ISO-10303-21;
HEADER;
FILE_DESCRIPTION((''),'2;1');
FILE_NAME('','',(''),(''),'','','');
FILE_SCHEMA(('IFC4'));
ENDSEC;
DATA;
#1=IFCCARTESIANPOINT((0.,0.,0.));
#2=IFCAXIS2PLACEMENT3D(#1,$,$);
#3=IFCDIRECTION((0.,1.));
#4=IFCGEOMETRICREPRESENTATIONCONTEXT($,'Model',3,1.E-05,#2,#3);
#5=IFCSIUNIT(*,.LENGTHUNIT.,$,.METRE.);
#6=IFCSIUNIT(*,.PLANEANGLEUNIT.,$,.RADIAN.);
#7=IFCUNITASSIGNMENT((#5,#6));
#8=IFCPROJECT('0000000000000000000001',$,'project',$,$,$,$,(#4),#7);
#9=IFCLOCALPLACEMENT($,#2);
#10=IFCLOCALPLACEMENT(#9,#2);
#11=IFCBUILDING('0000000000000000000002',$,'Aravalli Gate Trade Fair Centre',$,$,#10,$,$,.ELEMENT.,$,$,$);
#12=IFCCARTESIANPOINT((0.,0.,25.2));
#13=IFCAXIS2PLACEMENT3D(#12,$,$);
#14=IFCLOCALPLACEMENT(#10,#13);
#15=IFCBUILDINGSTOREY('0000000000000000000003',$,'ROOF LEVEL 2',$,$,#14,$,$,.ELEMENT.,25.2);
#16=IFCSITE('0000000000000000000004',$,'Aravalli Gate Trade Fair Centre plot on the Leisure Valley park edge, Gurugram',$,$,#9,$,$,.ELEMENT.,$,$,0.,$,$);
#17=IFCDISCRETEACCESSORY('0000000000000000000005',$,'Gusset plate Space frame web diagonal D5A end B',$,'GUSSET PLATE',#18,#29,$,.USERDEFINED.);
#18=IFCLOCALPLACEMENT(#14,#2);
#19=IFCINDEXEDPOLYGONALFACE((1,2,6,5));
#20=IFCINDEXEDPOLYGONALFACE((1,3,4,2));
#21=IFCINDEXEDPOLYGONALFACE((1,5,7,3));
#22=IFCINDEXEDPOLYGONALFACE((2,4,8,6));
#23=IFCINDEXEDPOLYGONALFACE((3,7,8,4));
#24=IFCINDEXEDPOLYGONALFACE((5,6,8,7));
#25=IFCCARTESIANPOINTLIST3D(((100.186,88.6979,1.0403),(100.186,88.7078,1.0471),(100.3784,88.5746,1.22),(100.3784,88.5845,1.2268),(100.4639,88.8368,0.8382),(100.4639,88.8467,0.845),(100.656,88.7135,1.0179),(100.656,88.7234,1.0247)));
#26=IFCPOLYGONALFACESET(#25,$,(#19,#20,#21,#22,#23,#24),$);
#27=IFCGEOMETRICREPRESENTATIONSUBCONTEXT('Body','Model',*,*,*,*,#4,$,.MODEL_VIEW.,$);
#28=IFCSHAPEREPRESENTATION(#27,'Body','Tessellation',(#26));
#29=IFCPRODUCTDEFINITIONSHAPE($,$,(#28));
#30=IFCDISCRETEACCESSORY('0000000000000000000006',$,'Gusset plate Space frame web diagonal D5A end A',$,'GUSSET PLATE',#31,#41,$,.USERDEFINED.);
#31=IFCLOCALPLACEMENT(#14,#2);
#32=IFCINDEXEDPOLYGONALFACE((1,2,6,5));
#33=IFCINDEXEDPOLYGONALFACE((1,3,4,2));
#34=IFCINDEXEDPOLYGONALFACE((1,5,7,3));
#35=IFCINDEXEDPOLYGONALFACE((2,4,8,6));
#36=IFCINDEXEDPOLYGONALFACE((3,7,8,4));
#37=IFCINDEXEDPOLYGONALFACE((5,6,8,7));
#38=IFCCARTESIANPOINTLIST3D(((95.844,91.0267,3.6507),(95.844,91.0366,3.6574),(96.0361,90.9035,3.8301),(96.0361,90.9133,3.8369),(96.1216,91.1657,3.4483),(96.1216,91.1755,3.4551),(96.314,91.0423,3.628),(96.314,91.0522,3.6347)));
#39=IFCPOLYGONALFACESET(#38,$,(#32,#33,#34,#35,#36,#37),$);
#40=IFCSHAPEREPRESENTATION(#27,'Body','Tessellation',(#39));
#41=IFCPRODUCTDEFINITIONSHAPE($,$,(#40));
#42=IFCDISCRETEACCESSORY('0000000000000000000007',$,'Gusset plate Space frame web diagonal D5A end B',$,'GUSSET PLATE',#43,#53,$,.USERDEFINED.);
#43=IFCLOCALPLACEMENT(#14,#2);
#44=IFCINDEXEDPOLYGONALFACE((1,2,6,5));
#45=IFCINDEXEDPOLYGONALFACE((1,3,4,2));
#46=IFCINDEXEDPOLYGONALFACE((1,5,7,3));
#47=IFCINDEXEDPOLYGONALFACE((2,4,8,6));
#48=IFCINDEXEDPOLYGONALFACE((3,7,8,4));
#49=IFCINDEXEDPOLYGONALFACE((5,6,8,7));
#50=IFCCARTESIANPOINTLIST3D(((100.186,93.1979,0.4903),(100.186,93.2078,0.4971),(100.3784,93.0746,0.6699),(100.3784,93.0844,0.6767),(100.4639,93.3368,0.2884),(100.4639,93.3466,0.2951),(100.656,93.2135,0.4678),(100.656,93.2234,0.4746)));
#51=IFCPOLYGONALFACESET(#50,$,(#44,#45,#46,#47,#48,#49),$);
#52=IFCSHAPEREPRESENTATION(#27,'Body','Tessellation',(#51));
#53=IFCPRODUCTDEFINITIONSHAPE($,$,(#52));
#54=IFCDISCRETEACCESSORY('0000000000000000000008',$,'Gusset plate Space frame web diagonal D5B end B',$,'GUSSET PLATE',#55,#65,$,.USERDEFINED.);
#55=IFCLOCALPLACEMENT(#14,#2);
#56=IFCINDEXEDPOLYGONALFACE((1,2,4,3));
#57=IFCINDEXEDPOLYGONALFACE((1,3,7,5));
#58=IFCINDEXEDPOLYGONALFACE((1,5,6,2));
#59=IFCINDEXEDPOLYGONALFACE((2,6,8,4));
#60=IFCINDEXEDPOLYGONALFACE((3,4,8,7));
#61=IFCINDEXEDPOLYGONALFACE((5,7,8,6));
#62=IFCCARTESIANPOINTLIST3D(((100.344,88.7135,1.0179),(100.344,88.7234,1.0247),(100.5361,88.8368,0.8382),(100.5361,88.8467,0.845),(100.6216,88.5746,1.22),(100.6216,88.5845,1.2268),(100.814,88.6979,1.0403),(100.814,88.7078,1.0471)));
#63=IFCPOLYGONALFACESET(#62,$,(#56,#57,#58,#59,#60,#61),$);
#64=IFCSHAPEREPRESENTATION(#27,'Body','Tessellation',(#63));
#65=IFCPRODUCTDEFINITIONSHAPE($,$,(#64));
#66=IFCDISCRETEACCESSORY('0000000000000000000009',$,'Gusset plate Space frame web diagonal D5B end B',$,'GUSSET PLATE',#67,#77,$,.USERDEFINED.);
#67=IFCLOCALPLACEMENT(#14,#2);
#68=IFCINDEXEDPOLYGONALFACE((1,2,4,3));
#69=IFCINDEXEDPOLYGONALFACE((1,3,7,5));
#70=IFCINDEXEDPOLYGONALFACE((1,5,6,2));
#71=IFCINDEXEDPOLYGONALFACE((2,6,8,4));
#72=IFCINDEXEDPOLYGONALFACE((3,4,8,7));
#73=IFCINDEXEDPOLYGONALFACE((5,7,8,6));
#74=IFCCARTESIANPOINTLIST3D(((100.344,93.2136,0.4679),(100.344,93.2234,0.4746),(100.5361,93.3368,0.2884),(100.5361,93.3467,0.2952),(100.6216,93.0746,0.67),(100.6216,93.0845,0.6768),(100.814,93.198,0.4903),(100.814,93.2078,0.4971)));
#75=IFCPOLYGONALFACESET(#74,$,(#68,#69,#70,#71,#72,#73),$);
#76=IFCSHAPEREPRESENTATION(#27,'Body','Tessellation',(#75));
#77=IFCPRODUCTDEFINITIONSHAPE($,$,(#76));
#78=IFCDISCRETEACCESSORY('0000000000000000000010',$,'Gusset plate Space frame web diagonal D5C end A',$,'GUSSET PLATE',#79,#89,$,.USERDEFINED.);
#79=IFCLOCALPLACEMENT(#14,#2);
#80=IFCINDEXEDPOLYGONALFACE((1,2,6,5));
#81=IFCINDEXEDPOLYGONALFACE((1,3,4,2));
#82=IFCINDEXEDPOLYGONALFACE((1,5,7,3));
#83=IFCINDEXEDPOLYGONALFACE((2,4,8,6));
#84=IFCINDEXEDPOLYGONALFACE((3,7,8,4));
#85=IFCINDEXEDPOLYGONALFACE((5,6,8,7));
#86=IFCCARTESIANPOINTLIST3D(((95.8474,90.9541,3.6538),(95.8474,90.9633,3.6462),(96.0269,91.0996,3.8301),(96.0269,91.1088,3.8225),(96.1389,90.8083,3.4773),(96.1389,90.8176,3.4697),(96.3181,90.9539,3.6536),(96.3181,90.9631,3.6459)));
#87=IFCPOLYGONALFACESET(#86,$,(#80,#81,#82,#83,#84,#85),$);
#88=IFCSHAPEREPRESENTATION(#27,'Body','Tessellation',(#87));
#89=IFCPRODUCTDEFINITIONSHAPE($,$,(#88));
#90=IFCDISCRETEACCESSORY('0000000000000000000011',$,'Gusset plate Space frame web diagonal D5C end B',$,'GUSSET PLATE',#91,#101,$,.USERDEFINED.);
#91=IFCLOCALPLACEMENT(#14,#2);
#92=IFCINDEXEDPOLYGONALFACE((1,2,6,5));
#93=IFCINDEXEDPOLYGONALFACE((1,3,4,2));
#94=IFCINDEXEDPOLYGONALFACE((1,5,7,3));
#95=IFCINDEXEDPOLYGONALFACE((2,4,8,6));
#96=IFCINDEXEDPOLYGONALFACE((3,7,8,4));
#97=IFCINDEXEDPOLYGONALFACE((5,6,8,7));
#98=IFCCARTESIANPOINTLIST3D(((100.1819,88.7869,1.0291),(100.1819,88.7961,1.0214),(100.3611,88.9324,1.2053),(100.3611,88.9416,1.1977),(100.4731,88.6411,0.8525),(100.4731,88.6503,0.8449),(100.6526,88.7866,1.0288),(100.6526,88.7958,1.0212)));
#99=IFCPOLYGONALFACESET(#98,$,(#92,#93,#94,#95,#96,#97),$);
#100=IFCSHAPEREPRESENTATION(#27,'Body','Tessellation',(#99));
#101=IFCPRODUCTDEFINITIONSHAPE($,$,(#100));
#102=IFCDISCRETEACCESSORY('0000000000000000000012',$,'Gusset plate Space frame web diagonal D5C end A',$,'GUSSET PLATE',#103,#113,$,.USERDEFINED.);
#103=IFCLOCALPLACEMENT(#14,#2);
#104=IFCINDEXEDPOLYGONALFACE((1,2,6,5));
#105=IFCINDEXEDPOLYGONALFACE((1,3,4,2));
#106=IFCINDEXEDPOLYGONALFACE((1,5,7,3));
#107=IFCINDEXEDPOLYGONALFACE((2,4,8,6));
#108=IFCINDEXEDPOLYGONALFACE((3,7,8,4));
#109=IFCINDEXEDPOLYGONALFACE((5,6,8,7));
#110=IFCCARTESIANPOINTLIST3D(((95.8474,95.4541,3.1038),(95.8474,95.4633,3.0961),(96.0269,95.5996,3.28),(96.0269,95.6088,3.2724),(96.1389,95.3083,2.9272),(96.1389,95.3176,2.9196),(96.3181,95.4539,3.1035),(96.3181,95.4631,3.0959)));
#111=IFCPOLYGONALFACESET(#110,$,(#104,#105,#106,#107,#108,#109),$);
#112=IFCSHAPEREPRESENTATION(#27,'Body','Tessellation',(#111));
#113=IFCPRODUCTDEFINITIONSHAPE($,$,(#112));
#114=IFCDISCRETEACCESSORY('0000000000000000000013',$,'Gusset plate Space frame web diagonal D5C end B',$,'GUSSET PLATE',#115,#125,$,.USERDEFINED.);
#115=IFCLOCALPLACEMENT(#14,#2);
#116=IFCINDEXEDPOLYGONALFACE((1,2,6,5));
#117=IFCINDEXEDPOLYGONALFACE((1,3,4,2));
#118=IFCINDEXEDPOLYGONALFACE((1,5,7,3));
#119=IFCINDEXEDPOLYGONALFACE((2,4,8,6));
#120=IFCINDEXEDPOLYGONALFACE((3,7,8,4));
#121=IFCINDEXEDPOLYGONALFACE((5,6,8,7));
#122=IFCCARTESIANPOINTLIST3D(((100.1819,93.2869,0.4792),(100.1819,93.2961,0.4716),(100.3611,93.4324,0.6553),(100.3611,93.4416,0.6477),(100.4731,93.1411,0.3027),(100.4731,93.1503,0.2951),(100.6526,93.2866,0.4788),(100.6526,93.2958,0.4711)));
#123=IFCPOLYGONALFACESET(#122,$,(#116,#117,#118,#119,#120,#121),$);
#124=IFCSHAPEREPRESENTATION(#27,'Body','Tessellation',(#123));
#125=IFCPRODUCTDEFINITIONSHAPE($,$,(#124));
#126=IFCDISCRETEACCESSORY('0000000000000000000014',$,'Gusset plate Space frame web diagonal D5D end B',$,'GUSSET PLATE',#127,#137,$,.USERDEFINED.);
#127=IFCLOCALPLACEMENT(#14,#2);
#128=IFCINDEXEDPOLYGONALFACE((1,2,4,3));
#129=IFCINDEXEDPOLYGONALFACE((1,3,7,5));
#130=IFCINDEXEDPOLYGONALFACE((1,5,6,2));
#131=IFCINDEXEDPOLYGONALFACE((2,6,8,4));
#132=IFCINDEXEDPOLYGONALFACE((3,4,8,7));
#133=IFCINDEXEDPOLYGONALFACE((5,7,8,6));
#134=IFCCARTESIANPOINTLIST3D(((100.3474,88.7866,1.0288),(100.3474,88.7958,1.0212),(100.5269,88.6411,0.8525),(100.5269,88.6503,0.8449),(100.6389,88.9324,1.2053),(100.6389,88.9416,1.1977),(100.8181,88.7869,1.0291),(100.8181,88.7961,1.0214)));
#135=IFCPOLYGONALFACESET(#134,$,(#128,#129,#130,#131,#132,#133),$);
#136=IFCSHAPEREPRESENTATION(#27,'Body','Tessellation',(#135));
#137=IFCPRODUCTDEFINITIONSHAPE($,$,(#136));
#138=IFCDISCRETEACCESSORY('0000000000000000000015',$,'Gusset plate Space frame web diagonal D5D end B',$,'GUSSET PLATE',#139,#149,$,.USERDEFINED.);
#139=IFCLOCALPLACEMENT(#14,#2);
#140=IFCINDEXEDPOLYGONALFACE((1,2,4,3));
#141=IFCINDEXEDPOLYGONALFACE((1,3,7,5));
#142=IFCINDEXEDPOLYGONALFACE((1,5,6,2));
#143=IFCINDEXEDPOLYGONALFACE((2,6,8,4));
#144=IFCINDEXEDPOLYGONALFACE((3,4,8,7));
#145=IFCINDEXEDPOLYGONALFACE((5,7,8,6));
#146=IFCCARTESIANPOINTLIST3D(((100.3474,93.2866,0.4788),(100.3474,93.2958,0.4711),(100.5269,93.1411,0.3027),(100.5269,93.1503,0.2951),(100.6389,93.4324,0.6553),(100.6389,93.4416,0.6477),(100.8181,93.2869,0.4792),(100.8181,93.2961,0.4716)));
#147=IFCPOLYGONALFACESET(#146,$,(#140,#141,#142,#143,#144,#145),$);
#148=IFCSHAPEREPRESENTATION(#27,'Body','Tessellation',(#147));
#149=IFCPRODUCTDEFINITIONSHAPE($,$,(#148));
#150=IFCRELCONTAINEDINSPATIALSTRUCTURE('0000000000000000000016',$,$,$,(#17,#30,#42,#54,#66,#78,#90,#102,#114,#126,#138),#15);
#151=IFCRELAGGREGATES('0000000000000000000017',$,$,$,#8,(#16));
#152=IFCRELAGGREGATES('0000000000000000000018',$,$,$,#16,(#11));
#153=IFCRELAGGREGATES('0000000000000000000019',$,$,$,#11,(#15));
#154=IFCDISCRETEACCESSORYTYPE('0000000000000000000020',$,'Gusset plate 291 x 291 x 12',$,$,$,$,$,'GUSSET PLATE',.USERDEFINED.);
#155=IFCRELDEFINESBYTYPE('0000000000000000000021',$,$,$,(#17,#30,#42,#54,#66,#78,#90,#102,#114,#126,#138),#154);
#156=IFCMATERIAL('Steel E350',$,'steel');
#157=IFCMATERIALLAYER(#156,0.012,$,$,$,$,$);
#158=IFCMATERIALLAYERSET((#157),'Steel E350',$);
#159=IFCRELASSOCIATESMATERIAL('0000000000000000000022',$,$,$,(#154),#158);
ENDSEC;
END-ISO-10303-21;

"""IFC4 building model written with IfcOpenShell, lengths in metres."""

from ifc_helpers import new_model, si_unit, direction, frame, origin, place, context, subcontext, project, spatial, polyline, outline, extrude, material, layer, layer_set, type_object, element, save


model = new_model("IFC4")

# Units and contexts
model_context = context("Model", 3, precision=1e-05, world=origin(), true_north=direction((0.0, 1.0)))
body_context = subcontext(model_context, "Body", "Model", "MODEL_VIEW")
ifc_project = project(units=[si_unit("LENGTHUNIT", "METRE"), si_unit("PLANEANGLEUNIT", "RADIAN")], contexts=[model_context])

# Site, building, storey
site_placement = place(None, origin())
site = spatial("IfcSite", under=ifc_project, at=site_placement, Name="Aravalli Gate Trade Fair Centre plot on the Leisure Valley park edge, Gurugram", CompositionType="ELEMENT", RefElevation=0.0)
building_placement = place(site_placement, origin())
building = spatial("IfcBuilding", under=site, at=building_placement, Name="Aravalli Gate Trade Fair Centre", CompositionType="ELEMENT")
storey_placement = place(building_placement, frame((0.0, 0.0, 25.2)))
storey = spatial("IfcBuildingStorey", under=building, at=storey_placement, Name="ROOF LEVEL 2", CompositionType="ELEMENT", Elevation=25.2)

# Shared definitions
ifc_material_1 = material(Name="Steel E350", Category="steel")

# Discrete accessories
ifc_layer_1 = layer(ifc_material_1, 0.012)
ifc_layer_set_1 = layer_set([ifc_layer_1], Name="Steel E350")
discrete_accessory_type = type_object("IfcDiscreteAccessoryType", Name="Gusset plate 291 x 291 x 12", ElementType="GUSSET PLATE", PredefinedType="USERDEFINED", material=ifc_layer_set_1)
discrete_accessory_1_placement = place(storey_placement, frame((100.186, 88.7078, 1.0471), z_axis=(-0.000356, 0.824387, 0.566027), x_axis=(0.74966, 0.37483, -0.545447)))
element("IfcDiscreteAccessory", 1, at=discrete_accessory_1_placement, inside=storey, type_object=discrete_accessory_type, Name="Gusset plate Space frame web diagonal D5A end B", ObjectType="GUSSET PLATE", PredefinedType="USERDEFINED", context=body_context, shape_type="SweptSolid", body=[
    extrude(outline(polyline([(0.0, 0.0), (0.3706, 0.0), (0.3704, -0.2905), (0.0, -0.2907), (0.0, 0.0)])), origin(), (0.0, 0.0, -1.0), 0.012),
])
discrete_accessory_2_placement = place(storey_placement, frame((96.1216, 91.1755, 3.4551), z_axis=(-0.000059, 0.824356, 0.566072), x_axis=(-0.749102, -0.375034, 0.546073)))
element("IfcDiscreteAccessory", 2, at=discrete_accessory_2_placement, inside=storey, type_object=discrete_accessory_type, Name="Gusset plate Space frame web diagonal D5A end A", ObjectType="GUSSET PLATE", PredefinedType="USERDEFINED", context=body_context, shape_type="SweptSolid", body=[
    extrude(outline(polyline([(0.0, 0.0), (0.3706, 0.0), (0.3709, 0.2904), (0.0002, 0.2907), (0.0, 0.0)])), origin(), (0.0, 0.0, -1.0), 0.012),
])
discrete_accessory_3_placement = place(storey_placement, frame((100.186, 93.2078, 0.4971), z_axis=(-0.000339, 0.824216, 0.566276), x_axis=(0.749929, 0.374811, -0.545089)))
element("IfcDiscreteAccessory", 3, at=discrete_accessory_3_placement, inside=storey, type_object=discrete_accessory_type, Name="Gusset plate Space frame web diagonal D5A end B", ObjectType="GUSSET PLATE", PredefinedType="USERDEFINED", context=body_context, shape_type="SweptSolid", body=[
    extrude(outline(polyline([(0.0, 0.0), (0.3705, 0.0), (0.3705, -0.2904), (0.0001, -0.2907), (0.0, 0.0)])), origin(), (0.0, 0.0, -1.0), 0.012),
])
discrete_accessory_4_placement = place(storey_placement, frame((100.6216, 88.5845, 1.2268), z_axis=(0.000356, 0.824387, 0.566027), x_axis=(-0.749371, 0.375015, -0.545716)))
element("IfcDiscreteAccessory", 4, at=discrete_accessory_4_placement, inside=storey, type_object=discrete_accessory_type, Name="Gusset plate Space frame web diagonal D5B end B", ObjectType="GUSSET PLATE", PredefinedType="USERDEFINED", context=body_context, shape_type="SweptSolid", body=[
    extrude(outline(polyline([(0.0, 0.0), (0.3704, 0.0), (0.3707, -0.2905), (0.0001, -0.2907), (0.0, 0.0)])), origin(), (0.0, 0.0, -1.0), 0.012),
])
discrete_accessory_5_placement = place(storey_placement, frame((100.6216, 93.0845, 0.6768), z_axis=(0.000339, 0.824216, 0.566276), x_axis=(-0.749371, 0.375169, -0.545611)))
element("IfcDiscreteAccessory", 5, at=discrete_accessory_5_placement, inside=storey, type_object=discrete_accessory_type, Name="Gusset plate Space frame web diagonal D5B end B", ObjectType="GUSSET PLATE", PredefinedType="USERDEFINED", context=body_context, shape_type="SweptSolid", body=[
    extrude(outline(polyline([(0.0, 0.0), (0.3704, 0.0), (0.3706, -0.2904), (0.0001, -0.2907), (0.0, 0.0)])), origin(), (0.0, 0.0, -1.0), 0.012),
])
discrete_accessory_6_placement = place(storey_placement, frame((96.1389, 90.8083, 3.4773), z_axis=(-0.00007, -0.771155, 0.636648), x_axis=(-0.786484, 0.393242, 0.476238)))
element("IfcDiscreteAccessory", 6, at=discrete_accessory_6_placement, inside=storey, type_object=discrete_accessory_type, Name="Gusset plate Space frame web diagonal D5C end A", ObjectType="GUSSET PLATE", PredefinedType="USERDEFINED", context=body_context, shape_type="SweptSolid", body=[
    extrude(outline(polyline([(0.0, 0.0), (0.3706, 0.0), (0.3707, -0.2906), (0.0002, -0.2904), (0.0, 0.0)])), origin(), (0.0, 0.0, -1.0), 0.012),
])
discrete_accessory_7_placement = place(storey_placement, frame((100.1819, 88.7869, 1.0291), z_axis=(-0.00007, -0.771155, 0.636648), x_axis=(0.786233, -0.393446, -0.476485)))
element("IfcDiscreteAccessory", 7, at=discrete_accessory_7_placement, inside=storey, type_object=discrete_accessory_type, Name="Gusset plate Space frame web diagonal D5C end B", ObjectType="GUSSET PLATE", PredefinedType="USERDEFINED", context=body_context, shape_type="SweptSolid", body=[
    extrude(outline(polyline([(0.0, 0.0), (0.3704, 0.0), (0.3703, 0.2906), (-0.0003, 0.2904), (0.0, 0.0)])), origin(), (0.0, 0.0, -1.0), 0.012),
])
discrete_accessory_8_placement = place(storey_placement, frame((96.1389, 95.3083, 2.9272), z_axis=(-0.00007, -0.771155, 0.636648), x_axis=(-0.786484, 0.393242, 0.476238)))
element("IfcDiscreteAccessory", 8, at=discrete_accessory_8_placement, inside=storey, type_object=discrete_accessory_type, Name="Gusset plate Space frame web diagonal D5C end A", ObjectType="GUSSET PLATE", PredefinedType="USERDEFINED", context=body_context, shape_type="SweptSolid", body=[
    extrude(outline(polyline([(0.0, 0.0), (0.3706, 0.0), (0.3707, -0.2906), (0.0002, -0.2904), (0.0, 0.0)])), origin(), (0.0, 0.0, -1.0), 0.012),
])
discrete_accessory_9_placement = place(storey_placement, frame((100.1819, 93.2869, 0.4792), z_axis=(0.000261, -0.770887, 0.636972), x_axis=(0.786233, -0.393446, -0.476485)))
element("IfcDiscreteAccessory", 9, at=discrete_accessory_9_placement, inside=storey, type_object=discrete_accessory_type, Name="Gusset plate Space frame web diagonal D5C end B", ObjectType="GUSSET PLATE", PredefinedType="USERDEFINED", context=body_context, shape_type="SweptSolid", body=[
    extrude(outline(polyline([(0.0, 0.0), (0.3704, 0.0), (0.3704, 0.2904), (-0.0002, 0.2903), (0.0, 0.0)])), origin(), (0.0, 0.0, -1.0), 0.012),
])
discrete_accessory_10_placement = place(storey_placement, frame((100.6389, 88.9324, 1.2053), z_axis=(0.00007, -0.771155, 0.636648), x_axis=(-0.786484, -0.393242, -0.476238)))
element("IfcDiscreteAccessory", 10, at=discrete_accessory_10_placement, inside=storey, type_object=discrete_accessory_type, Name="Gusset plate Space frame web diagonal D5D end B", ObjectType="GUSSET PLATE", PredefinedType="USERDEFINED", context=body_context, shape_type="SweptSolid", body=[
    extrude(outline(polyline([(0.0, 0.0), (0.3706, 0.0), (0.3707, 0.2906), (0.0002, 0.2904), (0.0, 0.0)])), origin(), (0.0, 0.0, -1.0), 0.012),
])
discrete_accessory_11_placement = place(storey_placement, frame((100.6389, 93.4324, 0.6553), z_axis=(-0.000261, -0.770887, 0.636972), x_axis=(-0.786484, -0.393242, -0.476238)))
element("IfcDiscreteAccessory", 11, at=discrete_accessory_11_placement, inside=storey, type_object=discrete_accessory_type, Name="Gusset plate Space frame web diagonal D5D end B", ObjectType="GUSSET PLATE", PredefinedType="USERDEFINED", context=body_context, shape_type="SweptSolid", body=[
    extrude(outline(polyline([(0.0, 0.0), (0.3706, 0.0), (0.3706, 0.2904), (0.0001, 0.2903), (0.0, 0.0)])), origin(), (0.0, 0.0, -1.0), 0.012),
])

save(model, "model.ifc")
